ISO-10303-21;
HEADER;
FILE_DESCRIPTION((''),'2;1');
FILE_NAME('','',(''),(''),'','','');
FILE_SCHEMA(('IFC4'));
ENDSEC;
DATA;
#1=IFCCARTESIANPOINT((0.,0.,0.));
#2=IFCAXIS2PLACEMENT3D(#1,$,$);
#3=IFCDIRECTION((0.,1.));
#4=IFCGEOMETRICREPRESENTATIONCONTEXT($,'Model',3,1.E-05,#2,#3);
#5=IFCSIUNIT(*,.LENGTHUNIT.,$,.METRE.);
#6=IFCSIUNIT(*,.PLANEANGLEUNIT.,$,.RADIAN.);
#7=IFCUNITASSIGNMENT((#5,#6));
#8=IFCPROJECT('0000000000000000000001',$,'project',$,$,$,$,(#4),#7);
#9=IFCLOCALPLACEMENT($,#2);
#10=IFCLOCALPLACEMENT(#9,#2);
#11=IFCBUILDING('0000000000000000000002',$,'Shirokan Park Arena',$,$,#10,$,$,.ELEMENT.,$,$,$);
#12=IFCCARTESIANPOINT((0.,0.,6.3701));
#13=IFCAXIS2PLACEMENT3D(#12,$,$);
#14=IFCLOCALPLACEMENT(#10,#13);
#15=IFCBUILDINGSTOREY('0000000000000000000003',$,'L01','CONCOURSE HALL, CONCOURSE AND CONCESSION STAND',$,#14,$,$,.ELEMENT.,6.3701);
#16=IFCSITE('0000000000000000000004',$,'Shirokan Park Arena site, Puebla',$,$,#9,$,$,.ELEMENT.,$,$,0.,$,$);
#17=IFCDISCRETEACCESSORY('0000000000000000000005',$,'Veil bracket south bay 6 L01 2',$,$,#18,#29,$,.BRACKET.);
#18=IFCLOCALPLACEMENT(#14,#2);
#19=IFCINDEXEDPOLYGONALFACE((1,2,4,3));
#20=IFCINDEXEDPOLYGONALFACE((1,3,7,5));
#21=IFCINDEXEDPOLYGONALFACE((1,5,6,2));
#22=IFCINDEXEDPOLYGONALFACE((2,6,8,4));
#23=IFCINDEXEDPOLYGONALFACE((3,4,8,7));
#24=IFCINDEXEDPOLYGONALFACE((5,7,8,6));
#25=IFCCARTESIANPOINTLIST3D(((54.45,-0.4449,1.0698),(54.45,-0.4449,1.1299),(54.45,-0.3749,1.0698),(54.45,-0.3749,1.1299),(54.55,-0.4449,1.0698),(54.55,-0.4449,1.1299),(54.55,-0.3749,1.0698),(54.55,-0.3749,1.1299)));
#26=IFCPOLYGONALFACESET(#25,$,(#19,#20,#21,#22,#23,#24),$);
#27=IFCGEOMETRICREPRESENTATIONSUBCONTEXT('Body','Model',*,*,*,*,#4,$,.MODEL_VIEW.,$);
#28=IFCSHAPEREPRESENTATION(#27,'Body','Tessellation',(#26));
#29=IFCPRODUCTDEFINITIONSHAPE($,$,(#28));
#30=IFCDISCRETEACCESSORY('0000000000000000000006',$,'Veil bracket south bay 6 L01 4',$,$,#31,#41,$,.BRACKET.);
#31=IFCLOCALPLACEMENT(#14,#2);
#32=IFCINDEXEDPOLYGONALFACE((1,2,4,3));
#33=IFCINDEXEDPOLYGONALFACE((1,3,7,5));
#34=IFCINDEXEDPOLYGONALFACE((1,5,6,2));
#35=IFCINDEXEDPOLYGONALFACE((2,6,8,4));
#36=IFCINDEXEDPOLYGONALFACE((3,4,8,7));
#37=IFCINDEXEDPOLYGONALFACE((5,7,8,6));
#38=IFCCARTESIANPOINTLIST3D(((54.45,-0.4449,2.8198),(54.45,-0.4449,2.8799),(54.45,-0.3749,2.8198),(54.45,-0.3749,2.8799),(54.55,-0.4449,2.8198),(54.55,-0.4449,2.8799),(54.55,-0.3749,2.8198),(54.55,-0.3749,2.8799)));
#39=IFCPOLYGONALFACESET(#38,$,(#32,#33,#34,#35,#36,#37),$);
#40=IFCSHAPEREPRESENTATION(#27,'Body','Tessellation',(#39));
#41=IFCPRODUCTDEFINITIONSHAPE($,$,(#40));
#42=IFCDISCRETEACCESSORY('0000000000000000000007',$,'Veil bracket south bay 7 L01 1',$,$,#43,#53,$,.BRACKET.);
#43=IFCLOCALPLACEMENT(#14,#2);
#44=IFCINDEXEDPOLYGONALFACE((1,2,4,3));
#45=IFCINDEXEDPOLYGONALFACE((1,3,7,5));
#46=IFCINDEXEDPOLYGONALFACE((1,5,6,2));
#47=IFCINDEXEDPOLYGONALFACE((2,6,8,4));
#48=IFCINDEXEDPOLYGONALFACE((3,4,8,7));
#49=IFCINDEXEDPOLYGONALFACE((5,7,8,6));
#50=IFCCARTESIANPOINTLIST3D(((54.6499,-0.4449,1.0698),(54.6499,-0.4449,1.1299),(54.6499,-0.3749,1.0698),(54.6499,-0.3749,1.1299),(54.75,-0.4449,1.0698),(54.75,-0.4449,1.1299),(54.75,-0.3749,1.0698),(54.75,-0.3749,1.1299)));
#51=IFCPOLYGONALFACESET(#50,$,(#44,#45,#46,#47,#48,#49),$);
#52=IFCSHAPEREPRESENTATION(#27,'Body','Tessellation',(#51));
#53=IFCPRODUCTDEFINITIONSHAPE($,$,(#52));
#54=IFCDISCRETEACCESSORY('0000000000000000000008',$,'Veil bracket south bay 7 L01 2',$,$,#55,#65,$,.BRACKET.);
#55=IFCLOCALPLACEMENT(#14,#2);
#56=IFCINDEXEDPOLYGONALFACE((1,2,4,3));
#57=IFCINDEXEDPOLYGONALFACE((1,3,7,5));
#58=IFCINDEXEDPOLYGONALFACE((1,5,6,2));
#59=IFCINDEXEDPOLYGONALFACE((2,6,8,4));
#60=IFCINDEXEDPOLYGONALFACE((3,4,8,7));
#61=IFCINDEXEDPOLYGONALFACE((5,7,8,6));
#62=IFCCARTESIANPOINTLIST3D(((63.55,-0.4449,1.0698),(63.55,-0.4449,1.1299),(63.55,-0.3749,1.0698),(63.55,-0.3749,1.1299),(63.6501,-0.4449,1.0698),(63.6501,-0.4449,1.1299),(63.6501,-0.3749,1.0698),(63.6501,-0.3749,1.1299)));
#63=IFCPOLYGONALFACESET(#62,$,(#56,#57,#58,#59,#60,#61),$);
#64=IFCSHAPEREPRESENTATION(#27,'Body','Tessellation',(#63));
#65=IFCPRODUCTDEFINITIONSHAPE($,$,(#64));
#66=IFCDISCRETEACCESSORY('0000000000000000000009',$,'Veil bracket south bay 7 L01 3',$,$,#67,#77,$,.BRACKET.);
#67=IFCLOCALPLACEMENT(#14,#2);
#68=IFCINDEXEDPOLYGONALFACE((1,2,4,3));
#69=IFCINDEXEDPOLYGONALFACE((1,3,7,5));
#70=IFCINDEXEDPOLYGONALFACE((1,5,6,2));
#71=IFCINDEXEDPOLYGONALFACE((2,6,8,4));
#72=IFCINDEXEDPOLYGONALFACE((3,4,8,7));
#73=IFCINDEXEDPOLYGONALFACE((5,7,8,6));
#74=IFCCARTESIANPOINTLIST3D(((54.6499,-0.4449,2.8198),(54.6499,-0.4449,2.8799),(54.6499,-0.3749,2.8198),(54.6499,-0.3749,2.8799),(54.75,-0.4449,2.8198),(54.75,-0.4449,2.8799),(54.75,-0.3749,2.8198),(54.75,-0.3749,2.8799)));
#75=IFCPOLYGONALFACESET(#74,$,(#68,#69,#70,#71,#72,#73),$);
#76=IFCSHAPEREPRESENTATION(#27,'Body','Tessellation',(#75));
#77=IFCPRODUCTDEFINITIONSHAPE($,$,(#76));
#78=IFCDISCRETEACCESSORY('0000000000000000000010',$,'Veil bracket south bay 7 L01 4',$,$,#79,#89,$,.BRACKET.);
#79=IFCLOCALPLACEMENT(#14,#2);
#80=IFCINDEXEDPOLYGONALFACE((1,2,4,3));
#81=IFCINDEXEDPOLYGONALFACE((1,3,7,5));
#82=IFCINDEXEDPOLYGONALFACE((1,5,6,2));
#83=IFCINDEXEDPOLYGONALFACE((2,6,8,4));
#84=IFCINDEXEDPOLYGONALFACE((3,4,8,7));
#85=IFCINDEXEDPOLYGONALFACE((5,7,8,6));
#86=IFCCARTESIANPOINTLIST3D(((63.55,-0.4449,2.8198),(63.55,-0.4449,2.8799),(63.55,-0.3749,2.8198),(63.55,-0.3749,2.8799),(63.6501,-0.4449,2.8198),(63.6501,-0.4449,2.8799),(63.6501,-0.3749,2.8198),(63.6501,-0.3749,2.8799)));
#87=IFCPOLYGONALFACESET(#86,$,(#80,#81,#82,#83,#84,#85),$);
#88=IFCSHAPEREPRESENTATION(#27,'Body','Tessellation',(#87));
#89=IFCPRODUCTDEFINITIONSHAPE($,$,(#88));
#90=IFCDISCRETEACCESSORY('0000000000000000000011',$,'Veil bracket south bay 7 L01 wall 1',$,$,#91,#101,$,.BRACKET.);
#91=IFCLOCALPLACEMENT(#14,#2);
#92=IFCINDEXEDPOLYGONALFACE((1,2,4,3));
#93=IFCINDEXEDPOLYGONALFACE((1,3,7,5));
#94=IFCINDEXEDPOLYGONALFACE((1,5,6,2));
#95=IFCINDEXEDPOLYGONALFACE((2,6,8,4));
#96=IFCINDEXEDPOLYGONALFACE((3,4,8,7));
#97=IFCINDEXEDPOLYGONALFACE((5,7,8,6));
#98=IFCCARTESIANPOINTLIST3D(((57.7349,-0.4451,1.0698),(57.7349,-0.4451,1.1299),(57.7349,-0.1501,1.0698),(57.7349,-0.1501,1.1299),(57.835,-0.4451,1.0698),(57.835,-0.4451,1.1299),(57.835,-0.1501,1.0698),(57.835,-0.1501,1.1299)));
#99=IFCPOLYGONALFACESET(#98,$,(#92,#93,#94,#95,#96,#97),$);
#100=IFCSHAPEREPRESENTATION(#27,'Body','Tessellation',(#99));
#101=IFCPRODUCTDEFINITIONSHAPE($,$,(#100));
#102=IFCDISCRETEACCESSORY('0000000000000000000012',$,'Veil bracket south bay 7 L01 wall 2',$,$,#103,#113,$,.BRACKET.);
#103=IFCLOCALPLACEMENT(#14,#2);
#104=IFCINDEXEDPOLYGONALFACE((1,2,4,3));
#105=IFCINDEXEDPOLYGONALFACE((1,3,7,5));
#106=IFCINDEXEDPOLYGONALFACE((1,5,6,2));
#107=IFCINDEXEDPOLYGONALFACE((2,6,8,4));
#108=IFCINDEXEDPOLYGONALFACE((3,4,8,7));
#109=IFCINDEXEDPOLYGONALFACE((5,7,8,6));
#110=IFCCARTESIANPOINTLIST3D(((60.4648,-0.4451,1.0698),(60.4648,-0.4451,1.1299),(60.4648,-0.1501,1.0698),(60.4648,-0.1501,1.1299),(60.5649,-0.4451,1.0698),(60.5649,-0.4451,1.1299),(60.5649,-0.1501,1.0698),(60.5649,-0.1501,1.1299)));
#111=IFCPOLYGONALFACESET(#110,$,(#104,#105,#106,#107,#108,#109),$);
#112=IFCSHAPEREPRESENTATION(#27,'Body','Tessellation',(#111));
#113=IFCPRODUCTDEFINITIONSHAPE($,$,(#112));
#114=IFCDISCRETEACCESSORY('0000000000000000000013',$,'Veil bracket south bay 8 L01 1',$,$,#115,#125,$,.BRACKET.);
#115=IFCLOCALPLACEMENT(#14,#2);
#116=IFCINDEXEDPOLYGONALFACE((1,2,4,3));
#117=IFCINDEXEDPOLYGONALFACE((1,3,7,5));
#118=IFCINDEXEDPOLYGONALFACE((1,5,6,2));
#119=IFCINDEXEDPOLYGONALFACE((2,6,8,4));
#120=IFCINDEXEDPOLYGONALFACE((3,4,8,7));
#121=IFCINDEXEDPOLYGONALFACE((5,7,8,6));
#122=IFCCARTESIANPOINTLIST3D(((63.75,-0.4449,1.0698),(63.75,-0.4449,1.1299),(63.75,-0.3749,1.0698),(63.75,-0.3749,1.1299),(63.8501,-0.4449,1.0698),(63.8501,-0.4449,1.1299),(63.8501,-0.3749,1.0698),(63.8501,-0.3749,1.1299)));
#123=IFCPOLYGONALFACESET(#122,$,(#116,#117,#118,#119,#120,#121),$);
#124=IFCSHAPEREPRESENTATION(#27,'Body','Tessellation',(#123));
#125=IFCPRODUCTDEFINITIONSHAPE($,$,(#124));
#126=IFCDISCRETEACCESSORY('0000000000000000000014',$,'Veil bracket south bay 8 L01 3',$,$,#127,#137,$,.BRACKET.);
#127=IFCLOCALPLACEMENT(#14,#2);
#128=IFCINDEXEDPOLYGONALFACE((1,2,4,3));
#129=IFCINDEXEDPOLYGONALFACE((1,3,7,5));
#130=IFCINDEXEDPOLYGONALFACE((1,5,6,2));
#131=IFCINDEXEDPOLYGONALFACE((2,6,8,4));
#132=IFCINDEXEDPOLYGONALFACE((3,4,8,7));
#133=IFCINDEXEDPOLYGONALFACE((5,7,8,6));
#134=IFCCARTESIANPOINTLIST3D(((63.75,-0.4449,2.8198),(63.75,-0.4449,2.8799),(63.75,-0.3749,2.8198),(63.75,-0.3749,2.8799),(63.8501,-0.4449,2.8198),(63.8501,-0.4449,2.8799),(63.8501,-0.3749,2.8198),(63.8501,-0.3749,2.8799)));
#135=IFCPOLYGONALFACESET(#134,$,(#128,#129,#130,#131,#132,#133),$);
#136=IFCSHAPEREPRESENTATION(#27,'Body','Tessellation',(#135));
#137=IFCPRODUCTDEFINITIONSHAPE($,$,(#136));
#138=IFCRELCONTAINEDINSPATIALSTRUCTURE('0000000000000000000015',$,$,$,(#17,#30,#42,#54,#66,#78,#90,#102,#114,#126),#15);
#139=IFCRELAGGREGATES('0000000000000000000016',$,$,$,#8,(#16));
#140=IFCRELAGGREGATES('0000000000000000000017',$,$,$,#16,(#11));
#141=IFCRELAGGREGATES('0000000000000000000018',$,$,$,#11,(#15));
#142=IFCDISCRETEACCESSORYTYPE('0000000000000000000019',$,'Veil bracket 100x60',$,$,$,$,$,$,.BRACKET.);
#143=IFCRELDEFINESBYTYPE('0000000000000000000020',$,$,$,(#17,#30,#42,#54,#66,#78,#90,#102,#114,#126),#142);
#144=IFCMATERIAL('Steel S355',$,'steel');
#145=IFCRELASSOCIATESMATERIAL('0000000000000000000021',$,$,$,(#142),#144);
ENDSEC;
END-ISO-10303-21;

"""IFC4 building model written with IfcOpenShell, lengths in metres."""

from ifc_helpers import new_model, si_unit, direction, frame, origin, origin_2d, place, context, subcontext, project, spatial, rectangle, extrude, material, type_object, element, save


model = new_model("IFC4")

# Units and contexts
model_context = context("Model", 3, precision=1e-05, world=origin(), true_north=direction((0.0, 1.0)))
body_context = subcontext(model_context, "Body", "Model", "MODEL_VIEW")
ifc_project = project(units=[si_unit("LENGTHUNIT", "METRE"), si_unit("PLANEANGLEUNIT", "RADIAN")], contexts=[model_context])

# Site, building, storey
site_placement = place(None, origin())
site = spatial("IfcSite", under=ifc_project, at=site_placement, Name="Shirokan Park Arena site, Puebla", CompositionType="ELEMENT", RefElevation=0.0)
building_placement = place(site_placement, origin())
building = spatial("IfcBuilding", under=site, at=building_placement, Name="Shirokan Park Arena", CompositionType="ELEMENT")
storey_placement = place(building_placement, frame((0.0, 0.0, 6.3701)))
storey = spatial("IfcBuildingStorey", under=building, at=storey_placement, Name="L01", Description="CONCOURSE HALL, CONCOURSE AND CONCESSION STAND", CompositionType="ELEMENT", Elevation=6.3701)

# Shared definitions
ifc_material_1 = material(Name="Steel S355", Category="steel")

# Discrete accessories
discrete_accessory_type = type_object("IfcDiscreteAccessoryType", Name="Veil bracket 100x60", PredefinedType="BRACKET", material=ifc_material_1)
for number, where, z_axis, x_axis, name in (
    (1, (54.5, -0.4099, 1.0698), (0.0, 0.0, 1.0), (1.0, 0.0, 0.0), "Veil bracket south bay 6 L01 2"),
    (2, (54.5, -0.4099, 2.8198), (0.0, 0.0, 1.0), (1.0, 0.0, 0.0), "Veil bracket south bay 6 L01 4"),
    (3, (54.7, -0.4099, 1.0698), (0.0, 0.0, 1.0), (1.0, 0.0, 0.0), "Veil bracket south bay 7 L01 1"),
    (4, (63.6001, -0.4099, 1.0698), (0.0, 0.0, 1.0), (1.0, 0.0, 0.0), "Veil bracket south bay 7 L01 2"),
    (5, (54.7, -0.4099, 2.8198), (0.0, 0.0, 1.0), (1.0, 0.0, 0.0), "Veil bracket south bay 7 L01 3"),
    (6, (63.6001, -0.4099, 2.8198), (0.0, 0.0, 1.0), (1.0, 0.0, 0.0), "Veil bracket south bay 7 L01 4"),
):
    element("IfcDiscreteAccessory", number, at=place(storey_placement, frame(where, z_axis=z_axis, x_axis=x_axis)), inside=storey, type_object=discrete_accessory_type, Name=name, PredefinedType="BRACKET", context=body_context, shape_type="SweptSolid", body=[
        extrude(rectangle(XDim=0.1001, YDim=0.0701, at=origin_2d()), origin(), (0.0, 0.0, 1.0), 0.0601),
    ])
for number, where, z_axis, x_axis, name in (
    (7, (57.7849, -0.2976, 1.0698), (0.0, 0.0, 1.0), (1.0, 0.0, 0.0), "Veil bracket south bay 7 L01 wall 1"),
    (8, (60.5149, -0.2976, 1.0698), (0.0, 0.0, 1.0), (1.0, 0.0, 0.0), "Veil bracket south bay 7 L01 wall 2"),
):
    element("IfcDiscreteAccessory", number, at=place(storey_placement, frame(where, z_axis=z_axis, x_axis=x_axis)), inside=storey, type_object=discrete_accessory_type, Name=name, PredefinedType="BRACKET", context=body_context, shape_type="SweptSolid", body=[
        extrude(rectangle(XDim=0.1001, YDim=0.2949, at=origin_2d()), origin(), (0.0, 0.0, 1.0), 0.0601),
    ])
for number, where, z_axis, x_axis, name in (
    (9, (63.8, -0.4099, 1.0698), (0.0, 0.0, 1.0), (1.0, 0.0, 0.0), "Veil bracket south bay 8 L01 1"),
    (10, (63.8, -0.4099, 2.8198), (0.0, 0.0, 1.0), (1.0, 0.0, 0.0), "Veil bracket south bay 8 L01 3"),
):
    element("IfcDiscreteAccessory", number, at=place(storey_placement, frame(where, z_axis=z_axis, x_axis=x_axis)), inside=storey, type_object=discrete_accessory_type, Name=name, PredefinedType="BRACKET", context=body_context, shape_type="SweptSolid", body=[
        extrude(rectangle(XDim=0.1001, YDim=0.0701, at=origin_2d()), origin(), (0.0, 0.0, 1.0), 0.0601),
    ])

save(model, "model.ifc")
